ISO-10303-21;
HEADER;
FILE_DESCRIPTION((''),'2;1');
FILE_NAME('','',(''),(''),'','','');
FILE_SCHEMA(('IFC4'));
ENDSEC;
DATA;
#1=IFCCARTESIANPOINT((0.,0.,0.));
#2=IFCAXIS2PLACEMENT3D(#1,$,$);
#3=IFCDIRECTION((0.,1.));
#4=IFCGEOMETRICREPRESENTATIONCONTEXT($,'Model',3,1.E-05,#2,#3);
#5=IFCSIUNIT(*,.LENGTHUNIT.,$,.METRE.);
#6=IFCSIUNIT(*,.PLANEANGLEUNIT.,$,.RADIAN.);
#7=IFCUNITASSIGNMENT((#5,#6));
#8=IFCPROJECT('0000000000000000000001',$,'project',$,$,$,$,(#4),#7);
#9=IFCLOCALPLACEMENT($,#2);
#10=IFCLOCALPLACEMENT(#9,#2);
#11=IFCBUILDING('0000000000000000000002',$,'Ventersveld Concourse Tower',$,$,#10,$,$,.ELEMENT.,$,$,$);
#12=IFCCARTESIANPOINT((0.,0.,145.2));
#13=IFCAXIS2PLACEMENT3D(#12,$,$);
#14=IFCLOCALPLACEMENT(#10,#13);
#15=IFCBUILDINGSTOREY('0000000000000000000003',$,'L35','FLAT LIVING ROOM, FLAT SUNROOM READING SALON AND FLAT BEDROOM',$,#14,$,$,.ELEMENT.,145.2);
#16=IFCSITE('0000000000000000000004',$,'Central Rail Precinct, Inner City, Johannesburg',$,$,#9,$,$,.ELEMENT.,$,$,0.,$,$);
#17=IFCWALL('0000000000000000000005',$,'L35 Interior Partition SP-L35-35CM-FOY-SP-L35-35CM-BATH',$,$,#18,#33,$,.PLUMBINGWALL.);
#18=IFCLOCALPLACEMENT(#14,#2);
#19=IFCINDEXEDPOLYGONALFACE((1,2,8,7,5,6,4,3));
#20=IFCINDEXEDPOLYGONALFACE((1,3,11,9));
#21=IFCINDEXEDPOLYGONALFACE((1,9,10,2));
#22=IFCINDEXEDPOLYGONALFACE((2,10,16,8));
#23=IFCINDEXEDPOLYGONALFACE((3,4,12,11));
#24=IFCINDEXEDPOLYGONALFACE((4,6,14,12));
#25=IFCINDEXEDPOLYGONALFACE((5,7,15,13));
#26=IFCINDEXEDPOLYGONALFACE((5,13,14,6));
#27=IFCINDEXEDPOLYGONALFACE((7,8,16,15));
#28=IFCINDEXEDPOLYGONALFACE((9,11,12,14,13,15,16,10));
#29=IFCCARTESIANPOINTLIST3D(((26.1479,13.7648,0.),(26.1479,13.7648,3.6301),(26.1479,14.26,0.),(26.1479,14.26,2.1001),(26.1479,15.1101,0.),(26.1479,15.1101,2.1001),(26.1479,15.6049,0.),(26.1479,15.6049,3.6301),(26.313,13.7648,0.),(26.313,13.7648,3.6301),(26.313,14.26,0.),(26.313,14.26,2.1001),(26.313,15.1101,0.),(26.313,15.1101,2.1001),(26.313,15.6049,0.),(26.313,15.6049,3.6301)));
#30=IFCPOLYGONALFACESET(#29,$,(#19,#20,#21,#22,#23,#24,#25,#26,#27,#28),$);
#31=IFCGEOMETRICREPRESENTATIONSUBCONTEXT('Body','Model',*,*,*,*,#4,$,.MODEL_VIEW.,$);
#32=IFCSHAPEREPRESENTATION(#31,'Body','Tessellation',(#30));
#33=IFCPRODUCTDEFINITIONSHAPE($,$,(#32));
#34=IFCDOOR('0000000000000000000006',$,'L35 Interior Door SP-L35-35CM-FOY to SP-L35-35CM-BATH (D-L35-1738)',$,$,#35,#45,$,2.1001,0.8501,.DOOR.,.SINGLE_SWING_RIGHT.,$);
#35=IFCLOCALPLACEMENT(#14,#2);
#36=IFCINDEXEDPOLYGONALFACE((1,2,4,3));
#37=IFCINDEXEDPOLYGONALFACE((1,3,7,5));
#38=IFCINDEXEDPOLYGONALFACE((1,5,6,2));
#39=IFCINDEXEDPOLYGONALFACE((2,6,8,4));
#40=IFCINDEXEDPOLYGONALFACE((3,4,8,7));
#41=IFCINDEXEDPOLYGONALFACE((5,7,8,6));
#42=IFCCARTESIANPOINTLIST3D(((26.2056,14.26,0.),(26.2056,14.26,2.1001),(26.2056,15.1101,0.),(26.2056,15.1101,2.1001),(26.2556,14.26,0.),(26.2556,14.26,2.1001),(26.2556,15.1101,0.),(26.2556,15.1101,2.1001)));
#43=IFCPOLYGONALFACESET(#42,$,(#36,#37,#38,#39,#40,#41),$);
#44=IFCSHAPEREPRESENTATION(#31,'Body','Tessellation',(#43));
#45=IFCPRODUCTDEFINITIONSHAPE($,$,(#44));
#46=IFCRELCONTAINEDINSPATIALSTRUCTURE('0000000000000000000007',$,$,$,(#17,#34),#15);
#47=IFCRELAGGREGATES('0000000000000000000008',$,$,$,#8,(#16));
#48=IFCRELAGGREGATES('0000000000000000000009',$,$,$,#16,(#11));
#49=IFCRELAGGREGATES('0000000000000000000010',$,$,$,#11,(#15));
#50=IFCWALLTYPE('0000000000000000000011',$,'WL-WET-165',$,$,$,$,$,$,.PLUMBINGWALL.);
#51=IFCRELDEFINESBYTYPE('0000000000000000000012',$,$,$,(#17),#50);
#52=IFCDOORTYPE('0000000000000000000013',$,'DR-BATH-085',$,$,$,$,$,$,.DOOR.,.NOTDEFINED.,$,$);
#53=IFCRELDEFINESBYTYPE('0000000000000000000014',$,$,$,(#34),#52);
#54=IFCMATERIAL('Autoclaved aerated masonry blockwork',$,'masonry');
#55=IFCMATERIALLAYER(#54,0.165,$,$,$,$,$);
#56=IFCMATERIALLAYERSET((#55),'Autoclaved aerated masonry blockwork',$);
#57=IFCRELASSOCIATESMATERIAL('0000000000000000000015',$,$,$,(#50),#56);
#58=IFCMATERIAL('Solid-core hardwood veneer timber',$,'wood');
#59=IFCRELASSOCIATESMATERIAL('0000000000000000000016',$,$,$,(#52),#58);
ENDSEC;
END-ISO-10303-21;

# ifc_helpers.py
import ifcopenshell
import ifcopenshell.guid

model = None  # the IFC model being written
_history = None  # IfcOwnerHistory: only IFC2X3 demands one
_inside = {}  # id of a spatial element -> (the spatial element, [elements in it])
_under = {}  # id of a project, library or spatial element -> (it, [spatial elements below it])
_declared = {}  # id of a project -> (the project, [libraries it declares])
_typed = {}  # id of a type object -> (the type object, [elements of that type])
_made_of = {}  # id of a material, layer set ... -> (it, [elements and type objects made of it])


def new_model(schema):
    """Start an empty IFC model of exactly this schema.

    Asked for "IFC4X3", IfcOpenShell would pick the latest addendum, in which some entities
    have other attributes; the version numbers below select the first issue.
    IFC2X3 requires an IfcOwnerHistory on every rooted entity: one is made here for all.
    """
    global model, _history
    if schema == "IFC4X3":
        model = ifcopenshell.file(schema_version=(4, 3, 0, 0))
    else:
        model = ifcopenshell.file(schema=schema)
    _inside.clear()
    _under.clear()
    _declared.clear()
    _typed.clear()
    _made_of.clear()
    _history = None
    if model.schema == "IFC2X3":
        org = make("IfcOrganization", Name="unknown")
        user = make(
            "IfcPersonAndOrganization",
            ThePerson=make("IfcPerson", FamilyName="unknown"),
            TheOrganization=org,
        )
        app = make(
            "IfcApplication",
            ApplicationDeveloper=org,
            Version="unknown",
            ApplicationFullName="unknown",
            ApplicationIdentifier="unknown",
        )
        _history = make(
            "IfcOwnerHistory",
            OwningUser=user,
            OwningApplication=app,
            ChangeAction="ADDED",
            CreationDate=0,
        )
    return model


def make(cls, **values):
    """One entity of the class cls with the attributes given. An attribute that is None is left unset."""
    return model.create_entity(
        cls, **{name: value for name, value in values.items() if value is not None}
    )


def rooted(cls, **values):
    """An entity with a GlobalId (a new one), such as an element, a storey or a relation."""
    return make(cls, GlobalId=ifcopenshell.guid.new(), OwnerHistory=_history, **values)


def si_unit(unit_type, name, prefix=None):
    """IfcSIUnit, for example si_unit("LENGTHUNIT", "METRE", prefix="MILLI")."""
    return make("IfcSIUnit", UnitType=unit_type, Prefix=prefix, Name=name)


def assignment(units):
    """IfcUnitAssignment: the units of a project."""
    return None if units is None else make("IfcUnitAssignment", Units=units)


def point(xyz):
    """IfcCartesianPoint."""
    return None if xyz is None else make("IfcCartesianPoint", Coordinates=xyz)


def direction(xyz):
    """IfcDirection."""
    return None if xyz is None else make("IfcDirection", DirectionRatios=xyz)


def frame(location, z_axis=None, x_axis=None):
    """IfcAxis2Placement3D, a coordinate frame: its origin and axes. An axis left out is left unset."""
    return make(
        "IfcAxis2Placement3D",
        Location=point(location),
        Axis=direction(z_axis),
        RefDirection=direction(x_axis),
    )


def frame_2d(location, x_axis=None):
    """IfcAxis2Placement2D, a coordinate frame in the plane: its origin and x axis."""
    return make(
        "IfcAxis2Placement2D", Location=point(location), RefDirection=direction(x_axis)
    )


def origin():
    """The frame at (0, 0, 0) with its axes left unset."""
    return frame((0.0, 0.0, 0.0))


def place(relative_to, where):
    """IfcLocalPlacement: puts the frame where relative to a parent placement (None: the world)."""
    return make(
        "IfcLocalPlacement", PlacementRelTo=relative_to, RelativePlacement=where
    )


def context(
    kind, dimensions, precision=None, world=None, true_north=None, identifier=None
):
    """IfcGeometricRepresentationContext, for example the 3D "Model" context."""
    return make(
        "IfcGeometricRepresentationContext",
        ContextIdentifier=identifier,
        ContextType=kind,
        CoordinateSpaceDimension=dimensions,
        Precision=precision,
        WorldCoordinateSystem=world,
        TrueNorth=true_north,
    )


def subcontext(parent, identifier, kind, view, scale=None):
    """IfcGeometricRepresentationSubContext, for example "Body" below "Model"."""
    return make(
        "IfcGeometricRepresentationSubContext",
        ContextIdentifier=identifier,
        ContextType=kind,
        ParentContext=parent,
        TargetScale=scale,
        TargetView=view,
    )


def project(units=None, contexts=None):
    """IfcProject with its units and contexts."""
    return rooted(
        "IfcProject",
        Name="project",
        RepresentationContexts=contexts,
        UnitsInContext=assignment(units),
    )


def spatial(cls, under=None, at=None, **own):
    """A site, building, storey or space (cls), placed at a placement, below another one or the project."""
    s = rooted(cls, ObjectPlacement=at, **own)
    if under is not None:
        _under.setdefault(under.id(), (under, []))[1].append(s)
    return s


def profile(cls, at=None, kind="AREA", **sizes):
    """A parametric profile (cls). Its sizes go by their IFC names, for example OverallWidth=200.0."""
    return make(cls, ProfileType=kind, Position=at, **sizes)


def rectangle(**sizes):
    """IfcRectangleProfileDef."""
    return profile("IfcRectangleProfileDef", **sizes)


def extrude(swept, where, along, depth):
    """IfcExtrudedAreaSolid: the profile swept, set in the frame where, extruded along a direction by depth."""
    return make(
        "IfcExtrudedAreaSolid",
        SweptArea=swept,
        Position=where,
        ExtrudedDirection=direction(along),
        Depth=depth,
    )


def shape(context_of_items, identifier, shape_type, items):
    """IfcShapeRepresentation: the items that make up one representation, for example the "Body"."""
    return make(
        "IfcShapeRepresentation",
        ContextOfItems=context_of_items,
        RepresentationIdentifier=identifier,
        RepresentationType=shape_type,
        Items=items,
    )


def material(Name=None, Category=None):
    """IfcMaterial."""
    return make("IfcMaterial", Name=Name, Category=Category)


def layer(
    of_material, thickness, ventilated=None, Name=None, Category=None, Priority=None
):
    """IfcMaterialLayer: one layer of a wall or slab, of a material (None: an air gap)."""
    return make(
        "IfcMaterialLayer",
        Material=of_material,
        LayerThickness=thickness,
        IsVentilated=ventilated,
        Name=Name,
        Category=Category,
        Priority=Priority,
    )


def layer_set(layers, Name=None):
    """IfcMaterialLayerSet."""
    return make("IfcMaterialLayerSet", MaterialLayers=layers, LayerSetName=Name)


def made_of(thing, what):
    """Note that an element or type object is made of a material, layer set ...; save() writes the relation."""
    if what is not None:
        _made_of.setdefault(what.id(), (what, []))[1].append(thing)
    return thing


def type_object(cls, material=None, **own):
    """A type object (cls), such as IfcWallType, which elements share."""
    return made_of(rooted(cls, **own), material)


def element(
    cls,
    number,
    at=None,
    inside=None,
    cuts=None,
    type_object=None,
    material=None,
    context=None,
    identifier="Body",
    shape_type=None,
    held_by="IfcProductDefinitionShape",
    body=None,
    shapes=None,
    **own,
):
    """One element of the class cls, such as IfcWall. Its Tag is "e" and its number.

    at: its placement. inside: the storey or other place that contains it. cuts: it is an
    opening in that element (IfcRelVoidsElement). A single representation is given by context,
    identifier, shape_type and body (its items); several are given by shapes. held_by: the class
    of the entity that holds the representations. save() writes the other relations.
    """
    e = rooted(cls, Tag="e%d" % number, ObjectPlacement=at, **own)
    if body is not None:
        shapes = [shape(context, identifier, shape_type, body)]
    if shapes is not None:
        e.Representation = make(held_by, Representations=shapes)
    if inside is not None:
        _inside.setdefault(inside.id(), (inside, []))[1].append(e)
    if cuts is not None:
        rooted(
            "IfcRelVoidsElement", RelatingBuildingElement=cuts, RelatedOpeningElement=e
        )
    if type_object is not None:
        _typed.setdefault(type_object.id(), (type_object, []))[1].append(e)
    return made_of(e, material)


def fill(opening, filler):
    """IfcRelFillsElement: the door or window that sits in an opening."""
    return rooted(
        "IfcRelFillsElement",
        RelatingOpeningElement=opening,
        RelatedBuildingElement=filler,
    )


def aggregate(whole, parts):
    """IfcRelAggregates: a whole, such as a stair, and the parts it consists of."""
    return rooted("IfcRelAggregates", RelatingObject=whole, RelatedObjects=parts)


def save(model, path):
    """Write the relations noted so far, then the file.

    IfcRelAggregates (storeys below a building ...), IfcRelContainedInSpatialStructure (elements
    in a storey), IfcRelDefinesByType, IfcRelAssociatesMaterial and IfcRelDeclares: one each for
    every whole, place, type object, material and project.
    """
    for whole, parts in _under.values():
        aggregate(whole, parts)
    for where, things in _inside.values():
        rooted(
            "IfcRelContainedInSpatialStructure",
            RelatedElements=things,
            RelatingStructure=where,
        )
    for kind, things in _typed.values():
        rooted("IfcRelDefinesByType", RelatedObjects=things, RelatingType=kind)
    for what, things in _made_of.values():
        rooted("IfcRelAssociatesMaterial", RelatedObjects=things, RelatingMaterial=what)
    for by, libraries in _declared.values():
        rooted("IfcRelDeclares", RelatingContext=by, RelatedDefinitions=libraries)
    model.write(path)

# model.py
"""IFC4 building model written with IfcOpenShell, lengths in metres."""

from ifc_helpers import new_model, si_unit, direction, frame, frame_2d, origin, place, context, subcontext, project, spatial, rectangle, extrude, material, layer, layer_set, type_object, element, fill, save


model = new_model("IFC4")

# Units and contexts
model_context = context("Model", 3, precision=1e-05, world=origin(), true_north=direction((0.0, 1.0)))
body_context = subcontext(model_context, "Body", "Model", "MODEL_VIEW")
ifc_project = project(units=[si_unit("LENGTHUNIT", "METRE"), si_unit("PLANEANGLEUNIT", "RADIAN")], contexts=[model_context])

# Site, building, storey
site_placement = place(None, origin())
site = spatial("IfcSite", under=ifc_project, at=site_placement, Name="Central Rail Precinct, Inner City, Johannesburg", CompositionType="ELEMENT", RefElevation=0.0)
building_placement = place(site_placement, origin())
building = spatial("IfcBuilding", under=site, at=building_placement, Name="Ventersveld Concourse Tower", CompositionType="ELEMENT")
storey_placement = place(building_placement, frame((0.0, 0.0, 145.2)))
storey = spatial("IfcBuildingStorey", under=building, at=storey_placement, Name="L35", Description="FLAT LIVING ROOM, FLAT SUNROOM READING SALON AND FLAT BEDROOM", CompositionType="ELEMENT", Elevation=145.2)

# Wall, opening, door
ifc_material_1 = material(Name="Autoclaved aerated masonry blockwork", Category="masonry")
ifc_layer_1 = layer(ifc_material_1, 0.165)
ifc_layer_set_1 = layer_set([ifc_layer_1], Name="Autoclaved aerated masonry blockwork")
wall_type_1 = type_object("IfcWallType", Name="WL-WET-165", PredefinedType="PLUMBINGWALL", material=ifc_layer_set_1)
wall_1_placement = place(storey_placement, frame((26.2305, 13.7649, 0.0), z_axis=(0.0, 0.0, 1.0), x_axis=(0.0, 1.0, 0.0)))
wall_1 = element("IfcWall", 1, at=wall_1_placement, inside=storey, type_object=wall_type_1, Name="L35 Interior Partition SP-L35-35CM-FOY-SP-L35-35CM-BATH", PredefinedType="PLUMBINGWALL", context=body_context, shape_type="SweptSolid", body=[
    extrude(rectangle(XDim=1.8401, YDim=0.165, at=frame_2d((0.9199, 0.0))), origin(), (0.0, 0.0, 1.0), 3.6301),
])
opening_1_placement = place(wall_1_placement, frame((0.4951, 0.0, 0.0)))
opening_1 = element("IfcOpeningElement", 2, at=opening_1_placement, cuts=wall_1, PredefinedType="OPENING", context=body_context, shape_type="SweptSolid", body=[
    extrude(rectangle(XDim=0.8501, YDim=2.1001, at=frame_2d((0.425, 1.05))), frame((0.0, 0.0925, 0.0), z_axis=(0.0, -1.0, 0.0), x_axis=(1.0, 0.0, 0.0)), (0.0, 0.0, 1.0), 0.1851),
])
ifc_material_2 = material(Name="Solid-core hardwood veneer timber", Category="wood")
door_type_1 = type_object("IfcDoorType", Name="DR-BATH-085", OperationType="NOTDEFINED", PredefinedType="DOOR", material=ifc_material_2)
door_1_placement = place(opening_1_placement, origin())
door_1 = element("IfcDoor", 3, at=door_1_placement, inside=storey, type_object=door_type_1, Name="L35 Interior Door SP-L35-35CM-FOY to SP-L35-35CM-BATH (D-L35-1738)", OperationType="SINGLE_SWING_RIGHT", OverallHeight=2.1001, OverallWidth=0.8501, PredefinedType="DOOR", context=body_context, shape_type="SweptSolid", body=[
    extrude(rectangle(XDim=0.8501, YDim=2.1001, at=frame_2d((0.425, 1.05))), frame((0.0, 0.0249, 0.0), z_axis=(0.0, -1.0, 0.0), x_axis=(1.0, 0.0, 0.0)), (0.0, 0.0, 1.0), 0.05),
])
fill(opening_1, door_1)

save(model, "model.ifc")
